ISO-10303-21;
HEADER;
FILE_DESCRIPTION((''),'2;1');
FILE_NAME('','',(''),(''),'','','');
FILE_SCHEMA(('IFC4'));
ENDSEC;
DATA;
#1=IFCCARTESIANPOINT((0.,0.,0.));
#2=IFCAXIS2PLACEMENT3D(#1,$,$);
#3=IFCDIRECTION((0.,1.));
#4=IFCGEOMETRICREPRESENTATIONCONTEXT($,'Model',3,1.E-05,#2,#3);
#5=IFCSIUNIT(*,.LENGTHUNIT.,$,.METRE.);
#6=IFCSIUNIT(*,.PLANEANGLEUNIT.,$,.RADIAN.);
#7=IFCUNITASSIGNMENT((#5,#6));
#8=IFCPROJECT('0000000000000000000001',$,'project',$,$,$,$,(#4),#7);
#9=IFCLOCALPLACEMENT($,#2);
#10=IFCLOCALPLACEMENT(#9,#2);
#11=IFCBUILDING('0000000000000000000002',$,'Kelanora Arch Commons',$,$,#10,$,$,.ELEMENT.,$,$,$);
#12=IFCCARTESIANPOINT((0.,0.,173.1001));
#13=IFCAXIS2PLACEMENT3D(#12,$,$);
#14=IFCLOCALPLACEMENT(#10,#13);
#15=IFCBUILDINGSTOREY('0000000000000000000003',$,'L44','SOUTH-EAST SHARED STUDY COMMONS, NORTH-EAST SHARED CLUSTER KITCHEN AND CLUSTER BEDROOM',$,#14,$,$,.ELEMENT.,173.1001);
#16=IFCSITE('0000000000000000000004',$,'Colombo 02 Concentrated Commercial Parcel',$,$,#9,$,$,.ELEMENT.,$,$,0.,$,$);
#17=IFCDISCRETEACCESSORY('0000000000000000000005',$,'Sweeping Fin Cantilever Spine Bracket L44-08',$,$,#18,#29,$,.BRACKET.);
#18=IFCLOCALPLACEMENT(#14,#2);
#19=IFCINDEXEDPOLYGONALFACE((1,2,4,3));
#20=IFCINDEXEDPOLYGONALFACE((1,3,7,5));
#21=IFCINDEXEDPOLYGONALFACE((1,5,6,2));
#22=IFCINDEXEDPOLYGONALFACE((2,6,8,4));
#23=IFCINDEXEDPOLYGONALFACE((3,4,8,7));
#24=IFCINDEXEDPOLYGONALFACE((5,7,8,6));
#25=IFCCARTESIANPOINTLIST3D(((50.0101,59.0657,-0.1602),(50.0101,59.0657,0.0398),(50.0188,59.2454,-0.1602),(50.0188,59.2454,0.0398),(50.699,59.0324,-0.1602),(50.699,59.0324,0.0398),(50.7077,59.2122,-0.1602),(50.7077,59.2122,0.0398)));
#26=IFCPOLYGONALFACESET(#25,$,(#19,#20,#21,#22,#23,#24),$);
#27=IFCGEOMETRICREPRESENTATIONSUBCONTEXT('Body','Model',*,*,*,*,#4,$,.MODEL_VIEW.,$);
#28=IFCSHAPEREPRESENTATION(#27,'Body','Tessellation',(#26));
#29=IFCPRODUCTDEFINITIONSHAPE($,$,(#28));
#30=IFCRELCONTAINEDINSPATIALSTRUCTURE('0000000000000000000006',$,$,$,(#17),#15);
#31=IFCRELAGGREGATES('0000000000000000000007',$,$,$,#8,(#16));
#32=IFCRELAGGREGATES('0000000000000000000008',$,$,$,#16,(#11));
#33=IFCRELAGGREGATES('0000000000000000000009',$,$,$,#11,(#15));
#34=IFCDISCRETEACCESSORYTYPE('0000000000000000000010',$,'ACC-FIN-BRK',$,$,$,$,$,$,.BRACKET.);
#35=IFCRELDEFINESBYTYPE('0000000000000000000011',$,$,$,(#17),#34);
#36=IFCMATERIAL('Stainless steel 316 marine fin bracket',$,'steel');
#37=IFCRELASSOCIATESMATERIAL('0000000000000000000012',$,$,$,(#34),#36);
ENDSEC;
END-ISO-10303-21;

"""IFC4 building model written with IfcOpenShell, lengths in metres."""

from ifc_helpers import new_model, si_unit, direction, frame, origin, origin_2d, place, context, subcontext, project, spatial, rectangle, extrude, source, transform, mapped, material, type_object, element, save


model = new_model("IFC4")

# Units and contexts
model_context = context("Model", 3, precision=1e-05, world=origin(), true_north=direction((0.0, 1.0)))
body_context = subcontext(model_context, "Body", "Model", "MODEL_VIEW")
ifc_project = project(units=[si_unit("LENGTHUNIT", "METRE"), si_unit("PLANEANGLEUNIT", "RADIAN")], contexts=[model_context])

# Site, building, storey
site_placement = place(None, origin())
site = spatial("IfcSite", under=ifc_project, at=site_placement, Name="Colombo 02 Concentrated Commercial Parcel", CompositionType="ELEMENT", RefElevation=0.0)
building_placement = place(site_placement, origin())
building = spatial("IfcBuilding", under=site, at=building_placement, Name="Kelanora Arch Commons", CompositionType="ELEMENT")
storey_placement = place(building_placement, frame((0.0, 0.0, 173.1001)))
storey = spatial("IfcBuildingStorey", under=building, at=storey_placement, Name="L44", Description="SOUTH-EAST SHARED STUDY COMMONS, NORTH-EAST SHARED CLUSTER KITCHEN AND CLUSTER BEDROOM", CompositionType="ELEMENT", Elevation=173.1001)

# Discrete accessory
ifc_material_1 = material(Name="Stainless steel 316 marine fin bracket", Category="steel")
discrete_accessory_type = type_object("IfcDiscreteAccessoryType", Name="ACC-FIN-BRK", PredefinedType="BRACKET", material=ifc_material_1)
shared_shape_1 = source(origin(), body_context, "Body", "SweptSolid", [
    extrude(rectangle(XDim=0.6897, YDim=0.1799, at=origin_2d()), origin(), (0.0, 0.0, 1.0), 0.2),
])
discrete_accessory_placement = place(storey_placement, frame((50.3589, 59.1389, -0.1602), z_axis=(0.0, 0.0, 1.0), x_axis=(-0.99884, 0.048152, 0.0)))
element("IfcDiscreteAccessory", 1, at=discrete_accessory_placement, inside=storey, type_object=discrete_accessory_type, Name="Sweeping Fin Cantilever Spine Bracket L44-08", PredefinedType="BRACKET", context=body_context, shape_type="MappedRepresentation", body=[
    mapped(shared_shape_1, transform((0.0, 0.0, 0.0), scale=1.0)),
])

save(model, "model.ifc")
